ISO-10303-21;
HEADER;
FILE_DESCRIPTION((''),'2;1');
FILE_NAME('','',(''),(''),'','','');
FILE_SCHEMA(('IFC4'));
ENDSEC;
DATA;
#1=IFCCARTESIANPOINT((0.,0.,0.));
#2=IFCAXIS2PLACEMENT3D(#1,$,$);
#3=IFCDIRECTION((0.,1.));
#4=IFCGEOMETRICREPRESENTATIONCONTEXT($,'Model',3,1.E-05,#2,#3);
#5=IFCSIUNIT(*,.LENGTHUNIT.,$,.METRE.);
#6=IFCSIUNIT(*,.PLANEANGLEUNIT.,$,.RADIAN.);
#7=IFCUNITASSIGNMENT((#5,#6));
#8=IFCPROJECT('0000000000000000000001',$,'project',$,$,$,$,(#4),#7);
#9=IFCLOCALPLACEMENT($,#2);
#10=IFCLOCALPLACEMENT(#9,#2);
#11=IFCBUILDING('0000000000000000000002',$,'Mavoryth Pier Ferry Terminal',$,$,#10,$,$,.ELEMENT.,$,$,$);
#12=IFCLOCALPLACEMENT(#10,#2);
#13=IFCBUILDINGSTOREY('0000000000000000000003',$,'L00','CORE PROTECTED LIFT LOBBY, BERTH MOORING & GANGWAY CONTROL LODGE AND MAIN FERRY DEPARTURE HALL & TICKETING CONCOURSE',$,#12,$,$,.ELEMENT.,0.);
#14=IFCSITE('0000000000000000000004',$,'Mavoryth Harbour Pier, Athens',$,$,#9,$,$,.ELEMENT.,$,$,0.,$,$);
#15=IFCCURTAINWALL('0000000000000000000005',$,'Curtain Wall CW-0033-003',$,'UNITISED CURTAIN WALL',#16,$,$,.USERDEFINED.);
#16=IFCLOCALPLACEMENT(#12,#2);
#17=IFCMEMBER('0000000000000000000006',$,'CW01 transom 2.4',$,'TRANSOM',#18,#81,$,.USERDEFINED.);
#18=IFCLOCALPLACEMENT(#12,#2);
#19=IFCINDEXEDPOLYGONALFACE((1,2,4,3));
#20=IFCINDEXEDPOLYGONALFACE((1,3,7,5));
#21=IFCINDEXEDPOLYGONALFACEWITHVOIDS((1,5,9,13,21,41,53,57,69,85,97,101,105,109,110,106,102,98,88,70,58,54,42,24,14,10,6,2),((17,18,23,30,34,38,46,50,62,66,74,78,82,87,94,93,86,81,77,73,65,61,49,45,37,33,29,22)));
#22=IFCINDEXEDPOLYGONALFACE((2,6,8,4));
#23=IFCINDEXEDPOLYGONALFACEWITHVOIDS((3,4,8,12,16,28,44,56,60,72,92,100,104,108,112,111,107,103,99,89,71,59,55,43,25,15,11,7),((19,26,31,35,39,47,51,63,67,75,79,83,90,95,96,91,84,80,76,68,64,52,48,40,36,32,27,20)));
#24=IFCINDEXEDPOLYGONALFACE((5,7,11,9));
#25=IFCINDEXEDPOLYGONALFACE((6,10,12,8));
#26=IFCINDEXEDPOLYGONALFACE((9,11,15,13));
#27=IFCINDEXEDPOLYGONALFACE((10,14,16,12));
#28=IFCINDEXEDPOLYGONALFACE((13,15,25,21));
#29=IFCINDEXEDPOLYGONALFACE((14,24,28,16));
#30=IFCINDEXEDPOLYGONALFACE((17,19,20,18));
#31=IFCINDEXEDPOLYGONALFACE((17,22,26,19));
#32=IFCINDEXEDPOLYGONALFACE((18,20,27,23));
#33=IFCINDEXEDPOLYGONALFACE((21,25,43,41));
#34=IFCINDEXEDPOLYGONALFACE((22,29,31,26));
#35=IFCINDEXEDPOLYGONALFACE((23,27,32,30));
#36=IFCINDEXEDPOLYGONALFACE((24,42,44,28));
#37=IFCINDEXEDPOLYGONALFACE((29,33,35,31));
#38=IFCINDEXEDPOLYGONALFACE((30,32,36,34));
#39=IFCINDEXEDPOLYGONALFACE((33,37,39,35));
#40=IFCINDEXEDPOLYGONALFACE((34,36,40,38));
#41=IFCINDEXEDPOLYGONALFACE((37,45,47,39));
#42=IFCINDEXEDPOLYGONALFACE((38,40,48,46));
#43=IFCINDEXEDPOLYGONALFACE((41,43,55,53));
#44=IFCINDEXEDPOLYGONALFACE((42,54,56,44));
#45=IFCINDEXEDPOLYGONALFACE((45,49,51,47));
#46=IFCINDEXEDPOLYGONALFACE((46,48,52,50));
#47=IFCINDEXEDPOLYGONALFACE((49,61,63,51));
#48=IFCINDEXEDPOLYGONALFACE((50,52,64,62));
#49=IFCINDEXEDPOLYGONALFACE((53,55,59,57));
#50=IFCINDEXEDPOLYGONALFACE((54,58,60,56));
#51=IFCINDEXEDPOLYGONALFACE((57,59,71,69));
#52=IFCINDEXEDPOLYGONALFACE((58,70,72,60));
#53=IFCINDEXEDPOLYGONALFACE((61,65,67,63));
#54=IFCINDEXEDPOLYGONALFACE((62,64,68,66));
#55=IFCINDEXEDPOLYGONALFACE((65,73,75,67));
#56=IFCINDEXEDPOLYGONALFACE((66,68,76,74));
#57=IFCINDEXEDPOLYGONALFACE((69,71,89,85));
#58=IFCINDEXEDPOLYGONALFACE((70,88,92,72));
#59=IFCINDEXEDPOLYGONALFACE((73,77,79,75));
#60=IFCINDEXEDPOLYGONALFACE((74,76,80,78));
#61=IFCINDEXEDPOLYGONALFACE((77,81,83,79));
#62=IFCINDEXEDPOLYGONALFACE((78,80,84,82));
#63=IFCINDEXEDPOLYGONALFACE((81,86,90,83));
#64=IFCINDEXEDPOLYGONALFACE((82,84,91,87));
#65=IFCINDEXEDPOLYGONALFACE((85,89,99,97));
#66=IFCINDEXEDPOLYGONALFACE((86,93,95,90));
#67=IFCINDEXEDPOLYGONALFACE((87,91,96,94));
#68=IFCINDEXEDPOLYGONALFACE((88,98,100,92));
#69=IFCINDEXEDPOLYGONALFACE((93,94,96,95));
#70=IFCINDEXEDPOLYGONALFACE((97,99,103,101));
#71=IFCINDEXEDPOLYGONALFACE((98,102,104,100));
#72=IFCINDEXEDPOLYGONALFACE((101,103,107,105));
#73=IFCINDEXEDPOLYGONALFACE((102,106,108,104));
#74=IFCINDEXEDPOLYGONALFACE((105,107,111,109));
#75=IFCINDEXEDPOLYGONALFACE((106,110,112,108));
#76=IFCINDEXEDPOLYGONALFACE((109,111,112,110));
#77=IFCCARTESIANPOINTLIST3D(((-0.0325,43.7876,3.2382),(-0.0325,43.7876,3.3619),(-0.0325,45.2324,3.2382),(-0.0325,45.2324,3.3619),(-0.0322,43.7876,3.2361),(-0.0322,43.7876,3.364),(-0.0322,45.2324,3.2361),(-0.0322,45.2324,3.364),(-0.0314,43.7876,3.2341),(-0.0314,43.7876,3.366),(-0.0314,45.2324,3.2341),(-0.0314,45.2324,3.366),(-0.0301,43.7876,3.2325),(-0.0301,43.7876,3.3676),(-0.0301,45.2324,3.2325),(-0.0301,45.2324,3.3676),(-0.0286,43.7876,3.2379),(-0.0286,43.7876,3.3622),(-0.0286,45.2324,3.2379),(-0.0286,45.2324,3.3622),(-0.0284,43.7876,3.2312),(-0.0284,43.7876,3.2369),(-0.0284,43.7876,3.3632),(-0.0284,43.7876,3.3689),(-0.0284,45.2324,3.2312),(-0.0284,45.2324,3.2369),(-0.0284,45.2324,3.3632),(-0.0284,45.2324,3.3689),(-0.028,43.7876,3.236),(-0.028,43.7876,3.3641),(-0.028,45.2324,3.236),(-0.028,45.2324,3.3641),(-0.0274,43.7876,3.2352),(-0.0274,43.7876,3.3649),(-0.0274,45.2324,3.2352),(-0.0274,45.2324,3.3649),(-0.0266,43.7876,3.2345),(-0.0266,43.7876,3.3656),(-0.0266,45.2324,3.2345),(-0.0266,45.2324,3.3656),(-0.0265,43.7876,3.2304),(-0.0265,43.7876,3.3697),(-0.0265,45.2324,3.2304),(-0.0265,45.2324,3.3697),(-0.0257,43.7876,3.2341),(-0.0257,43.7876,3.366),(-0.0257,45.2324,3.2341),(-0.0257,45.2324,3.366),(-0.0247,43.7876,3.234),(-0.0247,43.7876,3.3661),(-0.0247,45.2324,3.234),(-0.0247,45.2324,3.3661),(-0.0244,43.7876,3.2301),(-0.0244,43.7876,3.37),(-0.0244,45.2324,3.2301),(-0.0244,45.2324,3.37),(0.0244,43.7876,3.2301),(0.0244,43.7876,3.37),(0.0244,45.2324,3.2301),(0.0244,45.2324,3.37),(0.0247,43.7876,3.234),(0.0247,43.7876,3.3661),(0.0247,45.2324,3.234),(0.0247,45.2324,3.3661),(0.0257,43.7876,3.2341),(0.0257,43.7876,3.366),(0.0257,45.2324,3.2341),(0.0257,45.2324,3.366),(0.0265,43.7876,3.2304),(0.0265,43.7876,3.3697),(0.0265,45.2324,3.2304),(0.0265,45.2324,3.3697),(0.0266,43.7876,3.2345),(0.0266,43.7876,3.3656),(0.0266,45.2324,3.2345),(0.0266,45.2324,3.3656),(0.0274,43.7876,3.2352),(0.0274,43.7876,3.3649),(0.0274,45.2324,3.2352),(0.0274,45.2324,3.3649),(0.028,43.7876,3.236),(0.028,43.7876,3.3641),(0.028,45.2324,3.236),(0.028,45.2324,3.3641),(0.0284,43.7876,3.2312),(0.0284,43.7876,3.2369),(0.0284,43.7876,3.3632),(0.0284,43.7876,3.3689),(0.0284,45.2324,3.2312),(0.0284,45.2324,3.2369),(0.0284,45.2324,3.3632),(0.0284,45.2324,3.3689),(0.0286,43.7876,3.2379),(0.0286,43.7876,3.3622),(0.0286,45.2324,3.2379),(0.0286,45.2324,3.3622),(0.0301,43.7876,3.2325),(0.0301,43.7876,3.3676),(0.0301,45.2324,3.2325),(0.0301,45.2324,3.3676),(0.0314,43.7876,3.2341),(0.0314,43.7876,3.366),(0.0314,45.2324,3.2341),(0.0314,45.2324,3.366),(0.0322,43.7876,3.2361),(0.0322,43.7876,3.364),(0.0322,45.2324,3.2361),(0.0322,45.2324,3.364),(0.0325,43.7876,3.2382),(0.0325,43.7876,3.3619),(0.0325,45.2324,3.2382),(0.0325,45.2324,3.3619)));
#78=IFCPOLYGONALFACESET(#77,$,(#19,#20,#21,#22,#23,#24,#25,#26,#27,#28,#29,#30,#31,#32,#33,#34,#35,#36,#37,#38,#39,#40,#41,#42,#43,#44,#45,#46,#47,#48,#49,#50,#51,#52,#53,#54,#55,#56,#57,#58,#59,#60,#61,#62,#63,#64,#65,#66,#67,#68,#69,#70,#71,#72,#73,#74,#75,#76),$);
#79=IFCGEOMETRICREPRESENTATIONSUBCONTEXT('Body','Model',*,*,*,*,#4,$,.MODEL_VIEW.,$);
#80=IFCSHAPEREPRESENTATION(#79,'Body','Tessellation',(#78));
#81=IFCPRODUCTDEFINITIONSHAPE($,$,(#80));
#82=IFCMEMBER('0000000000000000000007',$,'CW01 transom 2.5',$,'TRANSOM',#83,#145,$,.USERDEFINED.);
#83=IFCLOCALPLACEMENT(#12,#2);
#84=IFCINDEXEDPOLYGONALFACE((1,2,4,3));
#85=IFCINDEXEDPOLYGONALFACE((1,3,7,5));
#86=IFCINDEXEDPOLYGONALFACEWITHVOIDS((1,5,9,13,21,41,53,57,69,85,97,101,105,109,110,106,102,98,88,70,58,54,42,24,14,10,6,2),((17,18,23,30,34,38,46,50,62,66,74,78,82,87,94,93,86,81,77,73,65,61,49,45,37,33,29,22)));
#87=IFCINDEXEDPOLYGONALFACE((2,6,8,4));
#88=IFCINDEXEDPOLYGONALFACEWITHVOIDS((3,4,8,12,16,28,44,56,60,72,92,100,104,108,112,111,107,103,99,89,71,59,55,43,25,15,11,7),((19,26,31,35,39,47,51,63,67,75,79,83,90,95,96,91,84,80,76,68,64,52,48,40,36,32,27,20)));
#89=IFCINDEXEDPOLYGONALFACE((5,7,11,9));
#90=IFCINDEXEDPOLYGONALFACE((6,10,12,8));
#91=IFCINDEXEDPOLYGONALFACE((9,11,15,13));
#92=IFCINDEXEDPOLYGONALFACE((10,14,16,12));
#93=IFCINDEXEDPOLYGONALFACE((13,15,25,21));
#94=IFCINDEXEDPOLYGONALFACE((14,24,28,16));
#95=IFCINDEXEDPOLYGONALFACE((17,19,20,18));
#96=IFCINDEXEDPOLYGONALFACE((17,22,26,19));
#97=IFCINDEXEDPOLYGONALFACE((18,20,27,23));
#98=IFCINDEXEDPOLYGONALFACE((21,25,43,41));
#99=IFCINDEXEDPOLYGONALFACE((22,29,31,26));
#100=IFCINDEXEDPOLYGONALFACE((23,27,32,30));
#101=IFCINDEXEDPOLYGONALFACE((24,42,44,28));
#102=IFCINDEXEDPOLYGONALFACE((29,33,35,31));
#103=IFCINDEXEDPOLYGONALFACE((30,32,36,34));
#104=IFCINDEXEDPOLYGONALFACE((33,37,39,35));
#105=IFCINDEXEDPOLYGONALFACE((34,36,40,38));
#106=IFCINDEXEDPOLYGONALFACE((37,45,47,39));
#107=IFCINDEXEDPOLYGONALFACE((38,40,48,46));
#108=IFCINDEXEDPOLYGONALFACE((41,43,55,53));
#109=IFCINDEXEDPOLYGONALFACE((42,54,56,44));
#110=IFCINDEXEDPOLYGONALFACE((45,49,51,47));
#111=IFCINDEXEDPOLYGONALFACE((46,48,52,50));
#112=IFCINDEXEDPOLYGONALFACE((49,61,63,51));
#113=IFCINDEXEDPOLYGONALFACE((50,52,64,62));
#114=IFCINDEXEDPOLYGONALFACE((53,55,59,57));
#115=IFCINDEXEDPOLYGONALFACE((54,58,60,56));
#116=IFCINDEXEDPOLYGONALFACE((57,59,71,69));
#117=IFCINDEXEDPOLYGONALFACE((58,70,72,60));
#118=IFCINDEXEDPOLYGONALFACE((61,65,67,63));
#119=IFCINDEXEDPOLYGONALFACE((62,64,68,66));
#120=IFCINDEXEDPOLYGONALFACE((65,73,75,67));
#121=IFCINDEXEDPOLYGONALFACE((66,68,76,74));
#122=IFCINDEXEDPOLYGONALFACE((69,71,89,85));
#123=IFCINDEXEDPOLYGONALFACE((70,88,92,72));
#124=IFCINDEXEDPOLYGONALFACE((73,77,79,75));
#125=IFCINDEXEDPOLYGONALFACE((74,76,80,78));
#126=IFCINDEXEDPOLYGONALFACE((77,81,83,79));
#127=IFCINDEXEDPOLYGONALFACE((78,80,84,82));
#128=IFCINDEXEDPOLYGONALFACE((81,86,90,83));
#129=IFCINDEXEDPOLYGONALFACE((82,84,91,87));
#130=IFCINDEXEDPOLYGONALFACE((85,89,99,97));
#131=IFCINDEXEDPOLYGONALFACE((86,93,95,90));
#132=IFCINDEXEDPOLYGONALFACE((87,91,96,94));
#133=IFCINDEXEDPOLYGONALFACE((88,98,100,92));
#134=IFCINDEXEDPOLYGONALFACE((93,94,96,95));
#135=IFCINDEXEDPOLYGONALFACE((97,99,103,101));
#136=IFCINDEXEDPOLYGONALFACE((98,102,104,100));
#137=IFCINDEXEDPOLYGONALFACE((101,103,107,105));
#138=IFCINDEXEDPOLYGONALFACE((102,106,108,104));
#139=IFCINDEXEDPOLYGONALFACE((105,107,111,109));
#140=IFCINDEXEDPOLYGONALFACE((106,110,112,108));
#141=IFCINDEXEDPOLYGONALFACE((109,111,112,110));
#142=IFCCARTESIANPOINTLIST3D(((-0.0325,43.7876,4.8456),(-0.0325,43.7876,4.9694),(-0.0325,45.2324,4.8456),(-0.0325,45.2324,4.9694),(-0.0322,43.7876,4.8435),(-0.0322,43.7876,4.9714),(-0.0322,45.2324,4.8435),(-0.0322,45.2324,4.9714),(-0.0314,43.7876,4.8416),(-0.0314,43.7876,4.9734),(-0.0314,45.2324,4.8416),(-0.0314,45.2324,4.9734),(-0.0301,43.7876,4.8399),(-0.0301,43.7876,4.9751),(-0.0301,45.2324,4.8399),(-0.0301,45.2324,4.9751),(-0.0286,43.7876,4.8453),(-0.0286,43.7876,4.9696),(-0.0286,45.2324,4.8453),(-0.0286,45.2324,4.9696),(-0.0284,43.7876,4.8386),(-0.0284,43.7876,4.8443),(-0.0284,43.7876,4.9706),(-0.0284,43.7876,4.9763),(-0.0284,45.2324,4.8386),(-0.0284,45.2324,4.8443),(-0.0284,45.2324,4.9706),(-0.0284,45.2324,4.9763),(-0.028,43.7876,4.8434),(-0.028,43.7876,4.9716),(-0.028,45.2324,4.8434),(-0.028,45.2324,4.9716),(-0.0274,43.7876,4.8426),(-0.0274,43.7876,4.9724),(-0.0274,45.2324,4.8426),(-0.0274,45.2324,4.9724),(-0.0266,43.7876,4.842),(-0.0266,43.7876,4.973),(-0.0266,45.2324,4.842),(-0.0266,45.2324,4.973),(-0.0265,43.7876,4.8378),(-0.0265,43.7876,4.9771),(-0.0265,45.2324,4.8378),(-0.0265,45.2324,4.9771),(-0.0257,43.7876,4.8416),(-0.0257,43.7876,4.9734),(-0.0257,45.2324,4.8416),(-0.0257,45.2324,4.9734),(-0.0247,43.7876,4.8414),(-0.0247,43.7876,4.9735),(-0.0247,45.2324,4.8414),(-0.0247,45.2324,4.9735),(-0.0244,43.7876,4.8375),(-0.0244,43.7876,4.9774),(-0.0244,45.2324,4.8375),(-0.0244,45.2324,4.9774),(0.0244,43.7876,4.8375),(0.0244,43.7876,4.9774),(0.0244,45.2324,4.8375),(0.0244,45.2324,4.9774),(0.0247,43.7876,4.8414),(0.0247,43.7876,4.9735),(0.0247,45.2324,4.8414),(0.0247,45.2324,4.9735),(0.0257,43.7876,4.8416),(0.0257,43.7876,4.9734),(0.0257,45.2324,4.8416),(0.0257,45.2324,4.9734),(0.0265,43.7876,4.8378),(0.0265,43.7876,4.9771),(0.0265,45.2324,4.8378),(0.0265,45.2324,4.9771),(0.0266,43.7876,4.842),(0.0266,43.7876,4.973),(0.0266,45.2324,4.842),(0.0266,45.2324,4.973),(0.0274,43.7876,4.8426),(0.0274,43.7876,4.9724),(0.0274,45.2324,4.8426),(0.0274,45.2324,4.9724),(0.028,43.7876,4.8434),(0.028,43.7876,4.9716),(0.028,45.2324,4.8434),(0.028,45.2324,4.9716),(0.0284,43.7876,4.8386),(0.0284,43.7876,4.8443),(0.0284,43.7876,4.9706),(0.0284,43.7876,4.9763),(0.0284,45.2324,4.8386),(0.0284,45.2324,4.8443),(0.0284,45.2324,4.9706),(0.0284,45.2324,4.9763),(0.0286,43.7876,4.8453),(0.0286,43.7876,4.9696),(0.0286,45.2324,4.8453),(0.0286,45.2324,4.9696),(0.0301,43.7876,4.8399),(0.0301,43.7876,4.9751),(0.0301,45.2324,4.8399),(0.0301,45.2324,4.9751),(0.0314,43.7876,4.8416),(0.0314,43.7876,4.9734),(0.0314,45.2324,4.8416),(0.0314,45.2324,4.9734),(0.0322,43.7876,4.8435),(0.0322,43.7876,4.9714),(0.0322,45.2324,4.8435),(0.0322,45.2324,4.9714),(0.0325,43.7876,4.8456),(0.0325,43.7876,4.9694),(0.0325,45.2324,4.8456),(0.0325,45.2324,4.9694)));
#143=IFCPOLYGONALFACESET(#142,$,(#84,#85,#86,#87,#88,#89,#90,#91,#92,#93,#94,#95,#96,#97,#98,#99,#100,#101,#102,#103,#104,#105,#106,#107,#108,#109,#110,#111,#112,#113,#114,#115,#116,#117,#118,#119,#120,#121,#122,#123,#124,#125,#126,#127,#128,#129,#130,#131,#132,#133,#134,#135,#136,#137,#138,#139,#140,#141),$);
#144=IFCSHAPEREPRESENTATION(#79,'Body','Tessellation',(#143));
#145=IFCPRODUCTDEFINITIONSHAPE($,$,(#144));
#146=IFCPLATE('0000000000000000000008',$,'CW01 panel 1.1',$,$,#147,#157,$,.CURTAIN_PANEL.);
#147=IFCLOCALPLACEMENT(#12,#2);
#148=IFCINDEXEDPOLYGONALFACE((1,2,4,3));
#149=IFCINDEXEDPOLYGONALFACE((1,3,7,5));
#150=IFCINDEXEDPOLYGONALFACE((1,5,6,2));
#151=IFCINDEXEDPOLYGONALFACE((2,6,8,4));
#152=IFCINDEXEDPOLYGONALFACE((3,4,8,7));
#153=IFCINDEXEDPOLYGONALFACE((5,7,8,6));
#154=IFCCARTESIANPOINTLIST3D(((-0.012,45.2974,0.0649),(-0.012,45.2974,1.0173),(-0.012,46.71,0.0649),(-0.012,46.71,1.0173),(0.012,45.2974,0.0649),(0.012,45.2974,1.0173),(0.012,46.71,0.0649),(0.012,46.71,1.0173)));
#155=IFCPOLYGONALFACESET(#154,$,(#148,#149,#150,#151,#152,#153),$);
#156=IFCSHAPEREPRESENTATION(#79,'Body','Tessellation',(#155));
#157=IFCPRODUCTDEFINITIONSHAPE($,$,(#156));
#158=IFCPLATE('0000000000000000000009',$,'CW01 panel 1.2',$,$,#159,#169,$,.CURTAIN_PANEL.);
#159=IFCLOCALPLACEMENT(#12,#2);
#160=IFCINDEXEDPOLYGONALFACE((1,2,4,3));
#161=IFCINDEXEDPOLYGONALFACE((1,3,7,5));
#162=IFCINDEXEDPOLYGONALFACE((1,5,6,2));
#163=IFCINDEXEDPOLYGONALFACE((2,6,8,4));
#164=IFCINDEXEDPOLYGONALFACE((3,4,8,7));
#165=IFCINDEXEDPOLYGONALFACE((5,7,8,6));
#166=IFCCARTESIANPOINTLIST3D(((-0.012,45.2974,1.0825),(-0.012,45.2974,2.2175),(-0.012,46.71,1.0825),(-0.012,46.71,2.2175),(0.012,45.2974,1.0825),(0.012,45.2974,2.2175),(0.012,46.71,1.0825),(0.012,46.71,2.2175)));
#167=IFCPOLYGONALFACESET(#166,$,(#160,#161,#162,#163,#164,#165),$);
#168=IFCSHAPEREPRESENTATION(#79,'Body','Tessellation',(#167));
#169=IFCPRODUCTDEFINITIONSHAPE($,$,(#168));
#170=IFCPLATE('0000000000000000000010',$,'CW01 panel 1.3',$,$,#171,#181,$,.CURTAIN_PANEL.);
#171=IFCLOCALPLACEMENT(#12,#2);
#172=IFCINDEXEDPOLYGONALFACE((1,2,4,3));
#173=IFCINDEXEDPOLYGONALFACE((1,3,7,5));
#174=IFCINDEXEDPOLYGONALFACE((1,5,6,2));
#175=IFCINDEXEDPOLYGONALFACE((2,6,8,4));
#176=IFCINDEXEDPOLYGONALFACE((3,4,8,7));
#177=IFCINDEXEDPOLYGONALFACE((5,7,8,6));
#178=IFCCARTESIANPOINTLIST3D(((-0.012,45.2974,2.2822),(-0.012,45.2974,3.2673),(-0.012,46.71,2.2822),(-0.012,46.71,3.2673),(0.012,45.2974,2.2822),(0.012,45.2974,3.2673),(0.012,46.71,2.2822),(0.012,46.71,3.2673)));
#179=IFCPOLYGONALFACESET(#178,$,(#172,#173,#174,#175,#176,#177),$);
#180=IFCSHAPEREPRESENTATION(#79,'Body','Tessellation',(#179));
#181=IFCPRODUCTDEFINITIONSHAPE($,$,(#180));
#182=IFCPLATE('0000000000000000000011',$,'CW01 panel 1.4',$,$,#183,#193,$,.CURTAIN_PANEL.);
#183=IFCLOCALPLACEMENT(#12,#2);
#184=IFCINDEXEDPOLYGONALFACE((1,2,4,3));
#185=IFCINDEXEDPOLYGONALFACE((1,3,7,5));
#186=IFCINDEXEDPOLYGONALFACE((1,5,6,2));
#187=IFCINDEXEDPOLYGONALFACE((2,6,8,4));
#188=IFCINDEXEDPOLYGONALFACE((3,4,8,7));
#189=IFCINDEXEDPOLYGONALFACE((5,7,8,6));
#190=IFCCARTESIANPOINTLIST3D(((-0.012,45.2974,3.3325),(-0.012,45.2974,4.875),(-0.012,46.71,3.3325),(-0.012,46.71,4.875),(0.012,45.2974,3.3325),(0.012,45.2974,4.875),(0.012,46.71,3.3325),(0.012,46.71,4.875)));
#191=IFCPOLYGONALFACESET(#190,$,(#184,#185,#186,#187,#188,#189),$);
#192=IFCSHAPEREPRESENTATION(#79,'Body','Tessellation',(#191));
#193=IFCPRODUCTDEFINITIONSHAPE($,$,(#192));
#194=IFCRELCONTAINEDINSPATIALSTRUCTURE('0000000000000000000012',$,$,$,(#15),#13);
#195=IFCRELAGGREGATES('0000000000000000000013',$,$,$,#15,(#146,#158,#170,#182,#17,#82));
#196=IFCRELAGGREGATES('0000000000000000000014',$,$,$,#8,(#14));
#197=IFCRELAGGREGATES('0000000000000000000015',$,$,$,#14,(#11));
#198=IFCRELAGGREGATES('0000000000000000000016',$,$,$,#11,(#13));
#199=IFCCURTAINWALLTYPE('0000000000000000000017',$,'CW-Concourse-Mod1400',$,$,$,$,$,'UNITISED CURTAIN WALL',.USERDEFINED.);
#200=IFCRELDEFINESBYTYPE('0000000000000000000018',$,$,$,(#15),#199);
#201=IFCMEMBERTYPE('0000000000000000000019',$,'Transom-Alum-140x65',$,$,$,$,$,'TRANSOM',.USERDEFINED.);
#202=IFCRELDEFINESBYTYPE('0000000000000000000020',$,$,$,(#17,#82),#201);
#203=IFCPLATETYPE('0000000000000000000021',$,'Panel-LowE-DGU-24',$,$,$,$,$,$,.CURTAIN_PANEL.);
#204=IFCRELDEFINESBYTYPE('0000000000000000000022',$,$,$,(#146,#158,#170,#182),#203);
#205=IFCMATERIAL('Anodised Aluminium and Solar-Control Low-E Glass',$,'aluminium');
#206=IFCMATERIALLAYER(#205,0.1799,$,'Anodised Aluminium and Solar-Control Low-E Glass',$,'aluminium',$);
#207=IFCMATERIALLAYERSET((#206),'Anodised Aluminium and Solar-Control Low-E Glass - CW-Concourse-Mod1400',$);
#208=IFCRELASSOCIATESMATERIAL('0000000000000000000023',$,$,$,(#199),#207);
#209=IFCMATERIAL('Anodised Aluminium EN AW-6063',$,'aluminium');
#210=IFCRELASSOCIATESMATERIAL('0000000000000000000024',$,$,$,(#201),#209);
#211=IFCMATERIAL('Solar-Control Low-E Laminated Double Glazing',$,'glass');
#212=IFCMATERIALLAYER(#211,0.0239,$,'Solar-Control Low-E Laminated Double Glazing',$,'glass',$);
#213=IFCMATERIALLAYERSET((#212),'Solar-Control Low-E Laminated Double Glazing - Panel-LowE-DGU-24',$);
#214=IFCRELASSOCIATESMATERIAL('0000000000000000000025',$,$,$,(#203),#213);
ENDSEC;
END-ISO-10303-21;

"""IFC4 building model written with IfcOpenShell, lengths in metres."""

from ifc_helpers import new_model, si_unit, direction, frame, origin, origin_2d, place, context, subcontext, project, spatial, rectangle, hollow_rectangle, extrude, material, layer, layer_set, material_profile, profile_set, type_object, element, aggregate, save


model = new_model("IFC4")

# Units and contexts
model_context = context("Model", 3, precision=1e-05, world=origin(), true_north=direction((0.0, 1.0)))
body_context = subcontext(model_context, "Body", "Model", "MODEL_VIEW")
ifc_project = project(units=[si_unit("LENGTHUNIT", "METRE"), si_unit("PLANEANGLEUNIT", "RADIAN")], contexts=[model_context])

# Site, building, storey
site_placement = place(None, origin())
site = spatial("IfcSite", under=ifc_project, at=site_placement, Name="Mavoryth Harbour Pier, Athens", CompositionType="ELEMENT", RefElevation=0.0)
building_placement = place(site_placement, origin())
building = spatial("IfcBuilding", under=site, at=building_placement, Name="Mavoryth Pier Ferry Terminal", CompositionType="ELEMENT")
storey_placement = place(building_placement, origin())
storey = spatial("IfcBuildingStorey", under=building, at=storey_placement, Name="L00", Description="CORE PROTECTED LIFT LOBBY, BERTH MOORING & GANGWAY CONTROL LODGE AND MAIN FERRY DEPARTURE HALL & TICKETING CONCOURSE", CompositionType="ELEMENT", Elevation=0.0)

# Curtain wall
ifc_material_1 = material(Name="Anodised Aluminium and Solar-Control Low-E Glass", Category="aluminium")
ifc_layer_1 = layer(ifc_material_1, 0.1799, Name="Anodised Aluminium and Solar-Control Low-E Glass", Category="aluminium")
ifc_layer_set_1 = layer_set([ifc_layer_1], Name="Anodised Aluminium and Solar-Control Low-E Glass - CW-Concourse-Mod1400")
curtain_wall_type = type_object("IfcCurtainWallType", Name="CW-Concourse-Mod1400", ElementType="UNITISED CURTAIN WALL", PredefinedType="USERDEFINED", material=ifc_layer_set_1)
curtain_wall_1_placement = place(storey_placement, origin())
curtain_wall_1 = element("IfcCurtainWall", 1, at=curtain_wall_1_placement, inside=storey, type_object=curtain_wall_type, Name="Curtain Wall CW-0033-003", ObjectType="UNITISED CURTAIN WALL", PredefinedType="USERDEFINED")
ifc_material_2 = material(Name="Anodised Aluminium EN AW-6063", Category="aluminium")

# Members
ifc_material_profile_1 = material_profile(ifc_material_2, hollow_rectangle(XDim=0.0649, YDim=0.1399, WallThickness=0.0039, InnerFilletRadius=0.0039, OuterFilletRadius=0.0081, at=origin_2d()), Name="AL-TRAN 140x65x4", Category="aluminium")
ifc_profile_set_1 = profile_set([ifc_material_profile_1], Name="Anodised Aluminium EN AW-6063 - AL-TRAN 140x65x4")
member_type_1 = type_object("IfcMemberType", Name="Transom-Alum-140x65", ElementType="TRANSOM", PredefinedType="USERDEFINED", material=ifc_profile_set_1)
member_1_placement = place(storey_placement, frame((0.0, 45.2324, 3.3), z_axis=(0.0, -1.0, 0.0), x_axis=(1.0, 0.0, 0.0)))
member_1 = element("IfcMember", 2, at=member_1_placement, type_object=member_type_1, Name="CW01 transom 2.4", ObjectType="TRANSOM", PredefinedType="USERDEFINED", context=body_context, shape_type="SweptSolid", body=[
    extrude(hollow_rectangle(XDim=0.0649, YDim=0.1399, WallThickness=0.0039, InnerFilletRadius=0.0039, OuterFilletRadius=0.0081, at=origin_2d()), origin(), (0.0, 0.0, 1.0), 1.4448),
])
member_2_placement = place(storey_placement, frame((0.0, 45.2324, 4.9075), z_axis=(0.0, -1.0, 0.0), x_axis=(1.0, 0.0, 0.0)))
member_2 = element("IfcMember", 3, at=member_2_placement, type_object=member_type_1, Name="CW01 transom 2.5", ObjectType="TRANSOM", PredefinedType="USERDEFINED", context=body_context, shape_type="SweptSolid", body=[
    extrude(hollow_rectangle(XDim=0.0649, YDim=0.1399, WallThickness=0.0039, InnerFilletRadius=0.0039, OuterFilletRadius=0.0081, at=origin_2d()), origin(), (0.0, 0.0, 1.0), 1.4448),
])

# Plates
ifc_material_3 = material(Name="Solar-Control Low-E Laminated Double Glazing", Category="glass")
ifc_layer_2 = layer(ifc_material_3, 0.0239, Name="Solar-Control Low-E Laminated Double Glazing", Category="glass")
ifc_layer_set_2 = layer_set([ifc_layer_2], Name="Solar-Control Low-E Laminated Double Glazing - Panel-LowE-DGU-24")
plate_type = type_object("IfcPlateType", Name="Panel-LowE-DGU-24", PredefinedType="CURTAIN_PANEL", material=ifc_layer_set_2)
plate_1_placement = place(storey_placement, frame((0.0, 46.0037, 0.0649), z_axis=(0.0, 0.0, 1.0), x_axis=(0.0, -1.0, 0.0)))
plate_1 = element("IfcPlate", 4, at=plate_1_placement, type_object=plate_type, Name="CW01 panel 1.1", PredefinedType="CURTAIN_PANEL", context=body_context, shape_type="SweptSolid", body=[
    extrude(rectangle(XDim=1.4126, YDim=0.0239, at=origin_2d()), origin(), (0.0, 0.0, 1.0), 0.9524),
])
plate_2_placement = place(storey_placement, frame((0.0, 46.0037, 1.0825), z_axis=(0.0, 0.0, 1.0), x_axis=(0.0, -1.0, 0.0)))
plate_2 = element("IfcPlate", 5, at=plate_2_placement, type_object=plate_type, Name="CW01 panel 1.2", PredefinedType="CURTAIN_PANEL", context=body_context, shape_type="SweptSolid", body=[
    extrude(rectangle(XDim=1.4126, YDim=0.0239, at=origin_2d()), origin(), (0.0, 0.0, 1.0), 1.135),
])
plate_3_placement = place(storey_placement, frame((0.0, 46.0037, 2.2822), z_axis=(0.0, 0.0, 1.0), x_axis=(0.0, -1.0, 0.0)))
plate_3 = element("IfcPlate", 6, at=plate_3_placement, type_object=plate_type, Name="CW01 panel 1.3", PredefinedType="CURTAIN_PANEL", context=body_context, shape_type="SweptSolid", body=[
    extrude(rectangle(XDim=1.4126, YDim=0.0239, at=origin_2d()), origin(), (0.0, 0.0, 1.0), 0.9851),
])
plate_4_placement = place(storey_placement, frame((0.0, 46.0037, 3.3325), z_axis=(0.0, 0.0, 1.0), x_axis=(0.0, -1.0, 0.0)))
plate_4 = element("IfcPlate", 7, at=plate_4_placement, type_object=plate_type, Name="CW01 panel 1.4", PredefinedType="CURTAIN_PANEL", context=body_context, shape_type="SweptSolid", body=[
    extrude(rectangle(XDim=1.4126, YDim=0.0239, at=origin_2d()), origin(), (0.0, 0.0, 1.0), 1.5425),
])
aggregate(curtain_wall_1, [plate_1, plate_2, plate_3, plate_4, member_1, member_2])

save(model, "model.ifc")
